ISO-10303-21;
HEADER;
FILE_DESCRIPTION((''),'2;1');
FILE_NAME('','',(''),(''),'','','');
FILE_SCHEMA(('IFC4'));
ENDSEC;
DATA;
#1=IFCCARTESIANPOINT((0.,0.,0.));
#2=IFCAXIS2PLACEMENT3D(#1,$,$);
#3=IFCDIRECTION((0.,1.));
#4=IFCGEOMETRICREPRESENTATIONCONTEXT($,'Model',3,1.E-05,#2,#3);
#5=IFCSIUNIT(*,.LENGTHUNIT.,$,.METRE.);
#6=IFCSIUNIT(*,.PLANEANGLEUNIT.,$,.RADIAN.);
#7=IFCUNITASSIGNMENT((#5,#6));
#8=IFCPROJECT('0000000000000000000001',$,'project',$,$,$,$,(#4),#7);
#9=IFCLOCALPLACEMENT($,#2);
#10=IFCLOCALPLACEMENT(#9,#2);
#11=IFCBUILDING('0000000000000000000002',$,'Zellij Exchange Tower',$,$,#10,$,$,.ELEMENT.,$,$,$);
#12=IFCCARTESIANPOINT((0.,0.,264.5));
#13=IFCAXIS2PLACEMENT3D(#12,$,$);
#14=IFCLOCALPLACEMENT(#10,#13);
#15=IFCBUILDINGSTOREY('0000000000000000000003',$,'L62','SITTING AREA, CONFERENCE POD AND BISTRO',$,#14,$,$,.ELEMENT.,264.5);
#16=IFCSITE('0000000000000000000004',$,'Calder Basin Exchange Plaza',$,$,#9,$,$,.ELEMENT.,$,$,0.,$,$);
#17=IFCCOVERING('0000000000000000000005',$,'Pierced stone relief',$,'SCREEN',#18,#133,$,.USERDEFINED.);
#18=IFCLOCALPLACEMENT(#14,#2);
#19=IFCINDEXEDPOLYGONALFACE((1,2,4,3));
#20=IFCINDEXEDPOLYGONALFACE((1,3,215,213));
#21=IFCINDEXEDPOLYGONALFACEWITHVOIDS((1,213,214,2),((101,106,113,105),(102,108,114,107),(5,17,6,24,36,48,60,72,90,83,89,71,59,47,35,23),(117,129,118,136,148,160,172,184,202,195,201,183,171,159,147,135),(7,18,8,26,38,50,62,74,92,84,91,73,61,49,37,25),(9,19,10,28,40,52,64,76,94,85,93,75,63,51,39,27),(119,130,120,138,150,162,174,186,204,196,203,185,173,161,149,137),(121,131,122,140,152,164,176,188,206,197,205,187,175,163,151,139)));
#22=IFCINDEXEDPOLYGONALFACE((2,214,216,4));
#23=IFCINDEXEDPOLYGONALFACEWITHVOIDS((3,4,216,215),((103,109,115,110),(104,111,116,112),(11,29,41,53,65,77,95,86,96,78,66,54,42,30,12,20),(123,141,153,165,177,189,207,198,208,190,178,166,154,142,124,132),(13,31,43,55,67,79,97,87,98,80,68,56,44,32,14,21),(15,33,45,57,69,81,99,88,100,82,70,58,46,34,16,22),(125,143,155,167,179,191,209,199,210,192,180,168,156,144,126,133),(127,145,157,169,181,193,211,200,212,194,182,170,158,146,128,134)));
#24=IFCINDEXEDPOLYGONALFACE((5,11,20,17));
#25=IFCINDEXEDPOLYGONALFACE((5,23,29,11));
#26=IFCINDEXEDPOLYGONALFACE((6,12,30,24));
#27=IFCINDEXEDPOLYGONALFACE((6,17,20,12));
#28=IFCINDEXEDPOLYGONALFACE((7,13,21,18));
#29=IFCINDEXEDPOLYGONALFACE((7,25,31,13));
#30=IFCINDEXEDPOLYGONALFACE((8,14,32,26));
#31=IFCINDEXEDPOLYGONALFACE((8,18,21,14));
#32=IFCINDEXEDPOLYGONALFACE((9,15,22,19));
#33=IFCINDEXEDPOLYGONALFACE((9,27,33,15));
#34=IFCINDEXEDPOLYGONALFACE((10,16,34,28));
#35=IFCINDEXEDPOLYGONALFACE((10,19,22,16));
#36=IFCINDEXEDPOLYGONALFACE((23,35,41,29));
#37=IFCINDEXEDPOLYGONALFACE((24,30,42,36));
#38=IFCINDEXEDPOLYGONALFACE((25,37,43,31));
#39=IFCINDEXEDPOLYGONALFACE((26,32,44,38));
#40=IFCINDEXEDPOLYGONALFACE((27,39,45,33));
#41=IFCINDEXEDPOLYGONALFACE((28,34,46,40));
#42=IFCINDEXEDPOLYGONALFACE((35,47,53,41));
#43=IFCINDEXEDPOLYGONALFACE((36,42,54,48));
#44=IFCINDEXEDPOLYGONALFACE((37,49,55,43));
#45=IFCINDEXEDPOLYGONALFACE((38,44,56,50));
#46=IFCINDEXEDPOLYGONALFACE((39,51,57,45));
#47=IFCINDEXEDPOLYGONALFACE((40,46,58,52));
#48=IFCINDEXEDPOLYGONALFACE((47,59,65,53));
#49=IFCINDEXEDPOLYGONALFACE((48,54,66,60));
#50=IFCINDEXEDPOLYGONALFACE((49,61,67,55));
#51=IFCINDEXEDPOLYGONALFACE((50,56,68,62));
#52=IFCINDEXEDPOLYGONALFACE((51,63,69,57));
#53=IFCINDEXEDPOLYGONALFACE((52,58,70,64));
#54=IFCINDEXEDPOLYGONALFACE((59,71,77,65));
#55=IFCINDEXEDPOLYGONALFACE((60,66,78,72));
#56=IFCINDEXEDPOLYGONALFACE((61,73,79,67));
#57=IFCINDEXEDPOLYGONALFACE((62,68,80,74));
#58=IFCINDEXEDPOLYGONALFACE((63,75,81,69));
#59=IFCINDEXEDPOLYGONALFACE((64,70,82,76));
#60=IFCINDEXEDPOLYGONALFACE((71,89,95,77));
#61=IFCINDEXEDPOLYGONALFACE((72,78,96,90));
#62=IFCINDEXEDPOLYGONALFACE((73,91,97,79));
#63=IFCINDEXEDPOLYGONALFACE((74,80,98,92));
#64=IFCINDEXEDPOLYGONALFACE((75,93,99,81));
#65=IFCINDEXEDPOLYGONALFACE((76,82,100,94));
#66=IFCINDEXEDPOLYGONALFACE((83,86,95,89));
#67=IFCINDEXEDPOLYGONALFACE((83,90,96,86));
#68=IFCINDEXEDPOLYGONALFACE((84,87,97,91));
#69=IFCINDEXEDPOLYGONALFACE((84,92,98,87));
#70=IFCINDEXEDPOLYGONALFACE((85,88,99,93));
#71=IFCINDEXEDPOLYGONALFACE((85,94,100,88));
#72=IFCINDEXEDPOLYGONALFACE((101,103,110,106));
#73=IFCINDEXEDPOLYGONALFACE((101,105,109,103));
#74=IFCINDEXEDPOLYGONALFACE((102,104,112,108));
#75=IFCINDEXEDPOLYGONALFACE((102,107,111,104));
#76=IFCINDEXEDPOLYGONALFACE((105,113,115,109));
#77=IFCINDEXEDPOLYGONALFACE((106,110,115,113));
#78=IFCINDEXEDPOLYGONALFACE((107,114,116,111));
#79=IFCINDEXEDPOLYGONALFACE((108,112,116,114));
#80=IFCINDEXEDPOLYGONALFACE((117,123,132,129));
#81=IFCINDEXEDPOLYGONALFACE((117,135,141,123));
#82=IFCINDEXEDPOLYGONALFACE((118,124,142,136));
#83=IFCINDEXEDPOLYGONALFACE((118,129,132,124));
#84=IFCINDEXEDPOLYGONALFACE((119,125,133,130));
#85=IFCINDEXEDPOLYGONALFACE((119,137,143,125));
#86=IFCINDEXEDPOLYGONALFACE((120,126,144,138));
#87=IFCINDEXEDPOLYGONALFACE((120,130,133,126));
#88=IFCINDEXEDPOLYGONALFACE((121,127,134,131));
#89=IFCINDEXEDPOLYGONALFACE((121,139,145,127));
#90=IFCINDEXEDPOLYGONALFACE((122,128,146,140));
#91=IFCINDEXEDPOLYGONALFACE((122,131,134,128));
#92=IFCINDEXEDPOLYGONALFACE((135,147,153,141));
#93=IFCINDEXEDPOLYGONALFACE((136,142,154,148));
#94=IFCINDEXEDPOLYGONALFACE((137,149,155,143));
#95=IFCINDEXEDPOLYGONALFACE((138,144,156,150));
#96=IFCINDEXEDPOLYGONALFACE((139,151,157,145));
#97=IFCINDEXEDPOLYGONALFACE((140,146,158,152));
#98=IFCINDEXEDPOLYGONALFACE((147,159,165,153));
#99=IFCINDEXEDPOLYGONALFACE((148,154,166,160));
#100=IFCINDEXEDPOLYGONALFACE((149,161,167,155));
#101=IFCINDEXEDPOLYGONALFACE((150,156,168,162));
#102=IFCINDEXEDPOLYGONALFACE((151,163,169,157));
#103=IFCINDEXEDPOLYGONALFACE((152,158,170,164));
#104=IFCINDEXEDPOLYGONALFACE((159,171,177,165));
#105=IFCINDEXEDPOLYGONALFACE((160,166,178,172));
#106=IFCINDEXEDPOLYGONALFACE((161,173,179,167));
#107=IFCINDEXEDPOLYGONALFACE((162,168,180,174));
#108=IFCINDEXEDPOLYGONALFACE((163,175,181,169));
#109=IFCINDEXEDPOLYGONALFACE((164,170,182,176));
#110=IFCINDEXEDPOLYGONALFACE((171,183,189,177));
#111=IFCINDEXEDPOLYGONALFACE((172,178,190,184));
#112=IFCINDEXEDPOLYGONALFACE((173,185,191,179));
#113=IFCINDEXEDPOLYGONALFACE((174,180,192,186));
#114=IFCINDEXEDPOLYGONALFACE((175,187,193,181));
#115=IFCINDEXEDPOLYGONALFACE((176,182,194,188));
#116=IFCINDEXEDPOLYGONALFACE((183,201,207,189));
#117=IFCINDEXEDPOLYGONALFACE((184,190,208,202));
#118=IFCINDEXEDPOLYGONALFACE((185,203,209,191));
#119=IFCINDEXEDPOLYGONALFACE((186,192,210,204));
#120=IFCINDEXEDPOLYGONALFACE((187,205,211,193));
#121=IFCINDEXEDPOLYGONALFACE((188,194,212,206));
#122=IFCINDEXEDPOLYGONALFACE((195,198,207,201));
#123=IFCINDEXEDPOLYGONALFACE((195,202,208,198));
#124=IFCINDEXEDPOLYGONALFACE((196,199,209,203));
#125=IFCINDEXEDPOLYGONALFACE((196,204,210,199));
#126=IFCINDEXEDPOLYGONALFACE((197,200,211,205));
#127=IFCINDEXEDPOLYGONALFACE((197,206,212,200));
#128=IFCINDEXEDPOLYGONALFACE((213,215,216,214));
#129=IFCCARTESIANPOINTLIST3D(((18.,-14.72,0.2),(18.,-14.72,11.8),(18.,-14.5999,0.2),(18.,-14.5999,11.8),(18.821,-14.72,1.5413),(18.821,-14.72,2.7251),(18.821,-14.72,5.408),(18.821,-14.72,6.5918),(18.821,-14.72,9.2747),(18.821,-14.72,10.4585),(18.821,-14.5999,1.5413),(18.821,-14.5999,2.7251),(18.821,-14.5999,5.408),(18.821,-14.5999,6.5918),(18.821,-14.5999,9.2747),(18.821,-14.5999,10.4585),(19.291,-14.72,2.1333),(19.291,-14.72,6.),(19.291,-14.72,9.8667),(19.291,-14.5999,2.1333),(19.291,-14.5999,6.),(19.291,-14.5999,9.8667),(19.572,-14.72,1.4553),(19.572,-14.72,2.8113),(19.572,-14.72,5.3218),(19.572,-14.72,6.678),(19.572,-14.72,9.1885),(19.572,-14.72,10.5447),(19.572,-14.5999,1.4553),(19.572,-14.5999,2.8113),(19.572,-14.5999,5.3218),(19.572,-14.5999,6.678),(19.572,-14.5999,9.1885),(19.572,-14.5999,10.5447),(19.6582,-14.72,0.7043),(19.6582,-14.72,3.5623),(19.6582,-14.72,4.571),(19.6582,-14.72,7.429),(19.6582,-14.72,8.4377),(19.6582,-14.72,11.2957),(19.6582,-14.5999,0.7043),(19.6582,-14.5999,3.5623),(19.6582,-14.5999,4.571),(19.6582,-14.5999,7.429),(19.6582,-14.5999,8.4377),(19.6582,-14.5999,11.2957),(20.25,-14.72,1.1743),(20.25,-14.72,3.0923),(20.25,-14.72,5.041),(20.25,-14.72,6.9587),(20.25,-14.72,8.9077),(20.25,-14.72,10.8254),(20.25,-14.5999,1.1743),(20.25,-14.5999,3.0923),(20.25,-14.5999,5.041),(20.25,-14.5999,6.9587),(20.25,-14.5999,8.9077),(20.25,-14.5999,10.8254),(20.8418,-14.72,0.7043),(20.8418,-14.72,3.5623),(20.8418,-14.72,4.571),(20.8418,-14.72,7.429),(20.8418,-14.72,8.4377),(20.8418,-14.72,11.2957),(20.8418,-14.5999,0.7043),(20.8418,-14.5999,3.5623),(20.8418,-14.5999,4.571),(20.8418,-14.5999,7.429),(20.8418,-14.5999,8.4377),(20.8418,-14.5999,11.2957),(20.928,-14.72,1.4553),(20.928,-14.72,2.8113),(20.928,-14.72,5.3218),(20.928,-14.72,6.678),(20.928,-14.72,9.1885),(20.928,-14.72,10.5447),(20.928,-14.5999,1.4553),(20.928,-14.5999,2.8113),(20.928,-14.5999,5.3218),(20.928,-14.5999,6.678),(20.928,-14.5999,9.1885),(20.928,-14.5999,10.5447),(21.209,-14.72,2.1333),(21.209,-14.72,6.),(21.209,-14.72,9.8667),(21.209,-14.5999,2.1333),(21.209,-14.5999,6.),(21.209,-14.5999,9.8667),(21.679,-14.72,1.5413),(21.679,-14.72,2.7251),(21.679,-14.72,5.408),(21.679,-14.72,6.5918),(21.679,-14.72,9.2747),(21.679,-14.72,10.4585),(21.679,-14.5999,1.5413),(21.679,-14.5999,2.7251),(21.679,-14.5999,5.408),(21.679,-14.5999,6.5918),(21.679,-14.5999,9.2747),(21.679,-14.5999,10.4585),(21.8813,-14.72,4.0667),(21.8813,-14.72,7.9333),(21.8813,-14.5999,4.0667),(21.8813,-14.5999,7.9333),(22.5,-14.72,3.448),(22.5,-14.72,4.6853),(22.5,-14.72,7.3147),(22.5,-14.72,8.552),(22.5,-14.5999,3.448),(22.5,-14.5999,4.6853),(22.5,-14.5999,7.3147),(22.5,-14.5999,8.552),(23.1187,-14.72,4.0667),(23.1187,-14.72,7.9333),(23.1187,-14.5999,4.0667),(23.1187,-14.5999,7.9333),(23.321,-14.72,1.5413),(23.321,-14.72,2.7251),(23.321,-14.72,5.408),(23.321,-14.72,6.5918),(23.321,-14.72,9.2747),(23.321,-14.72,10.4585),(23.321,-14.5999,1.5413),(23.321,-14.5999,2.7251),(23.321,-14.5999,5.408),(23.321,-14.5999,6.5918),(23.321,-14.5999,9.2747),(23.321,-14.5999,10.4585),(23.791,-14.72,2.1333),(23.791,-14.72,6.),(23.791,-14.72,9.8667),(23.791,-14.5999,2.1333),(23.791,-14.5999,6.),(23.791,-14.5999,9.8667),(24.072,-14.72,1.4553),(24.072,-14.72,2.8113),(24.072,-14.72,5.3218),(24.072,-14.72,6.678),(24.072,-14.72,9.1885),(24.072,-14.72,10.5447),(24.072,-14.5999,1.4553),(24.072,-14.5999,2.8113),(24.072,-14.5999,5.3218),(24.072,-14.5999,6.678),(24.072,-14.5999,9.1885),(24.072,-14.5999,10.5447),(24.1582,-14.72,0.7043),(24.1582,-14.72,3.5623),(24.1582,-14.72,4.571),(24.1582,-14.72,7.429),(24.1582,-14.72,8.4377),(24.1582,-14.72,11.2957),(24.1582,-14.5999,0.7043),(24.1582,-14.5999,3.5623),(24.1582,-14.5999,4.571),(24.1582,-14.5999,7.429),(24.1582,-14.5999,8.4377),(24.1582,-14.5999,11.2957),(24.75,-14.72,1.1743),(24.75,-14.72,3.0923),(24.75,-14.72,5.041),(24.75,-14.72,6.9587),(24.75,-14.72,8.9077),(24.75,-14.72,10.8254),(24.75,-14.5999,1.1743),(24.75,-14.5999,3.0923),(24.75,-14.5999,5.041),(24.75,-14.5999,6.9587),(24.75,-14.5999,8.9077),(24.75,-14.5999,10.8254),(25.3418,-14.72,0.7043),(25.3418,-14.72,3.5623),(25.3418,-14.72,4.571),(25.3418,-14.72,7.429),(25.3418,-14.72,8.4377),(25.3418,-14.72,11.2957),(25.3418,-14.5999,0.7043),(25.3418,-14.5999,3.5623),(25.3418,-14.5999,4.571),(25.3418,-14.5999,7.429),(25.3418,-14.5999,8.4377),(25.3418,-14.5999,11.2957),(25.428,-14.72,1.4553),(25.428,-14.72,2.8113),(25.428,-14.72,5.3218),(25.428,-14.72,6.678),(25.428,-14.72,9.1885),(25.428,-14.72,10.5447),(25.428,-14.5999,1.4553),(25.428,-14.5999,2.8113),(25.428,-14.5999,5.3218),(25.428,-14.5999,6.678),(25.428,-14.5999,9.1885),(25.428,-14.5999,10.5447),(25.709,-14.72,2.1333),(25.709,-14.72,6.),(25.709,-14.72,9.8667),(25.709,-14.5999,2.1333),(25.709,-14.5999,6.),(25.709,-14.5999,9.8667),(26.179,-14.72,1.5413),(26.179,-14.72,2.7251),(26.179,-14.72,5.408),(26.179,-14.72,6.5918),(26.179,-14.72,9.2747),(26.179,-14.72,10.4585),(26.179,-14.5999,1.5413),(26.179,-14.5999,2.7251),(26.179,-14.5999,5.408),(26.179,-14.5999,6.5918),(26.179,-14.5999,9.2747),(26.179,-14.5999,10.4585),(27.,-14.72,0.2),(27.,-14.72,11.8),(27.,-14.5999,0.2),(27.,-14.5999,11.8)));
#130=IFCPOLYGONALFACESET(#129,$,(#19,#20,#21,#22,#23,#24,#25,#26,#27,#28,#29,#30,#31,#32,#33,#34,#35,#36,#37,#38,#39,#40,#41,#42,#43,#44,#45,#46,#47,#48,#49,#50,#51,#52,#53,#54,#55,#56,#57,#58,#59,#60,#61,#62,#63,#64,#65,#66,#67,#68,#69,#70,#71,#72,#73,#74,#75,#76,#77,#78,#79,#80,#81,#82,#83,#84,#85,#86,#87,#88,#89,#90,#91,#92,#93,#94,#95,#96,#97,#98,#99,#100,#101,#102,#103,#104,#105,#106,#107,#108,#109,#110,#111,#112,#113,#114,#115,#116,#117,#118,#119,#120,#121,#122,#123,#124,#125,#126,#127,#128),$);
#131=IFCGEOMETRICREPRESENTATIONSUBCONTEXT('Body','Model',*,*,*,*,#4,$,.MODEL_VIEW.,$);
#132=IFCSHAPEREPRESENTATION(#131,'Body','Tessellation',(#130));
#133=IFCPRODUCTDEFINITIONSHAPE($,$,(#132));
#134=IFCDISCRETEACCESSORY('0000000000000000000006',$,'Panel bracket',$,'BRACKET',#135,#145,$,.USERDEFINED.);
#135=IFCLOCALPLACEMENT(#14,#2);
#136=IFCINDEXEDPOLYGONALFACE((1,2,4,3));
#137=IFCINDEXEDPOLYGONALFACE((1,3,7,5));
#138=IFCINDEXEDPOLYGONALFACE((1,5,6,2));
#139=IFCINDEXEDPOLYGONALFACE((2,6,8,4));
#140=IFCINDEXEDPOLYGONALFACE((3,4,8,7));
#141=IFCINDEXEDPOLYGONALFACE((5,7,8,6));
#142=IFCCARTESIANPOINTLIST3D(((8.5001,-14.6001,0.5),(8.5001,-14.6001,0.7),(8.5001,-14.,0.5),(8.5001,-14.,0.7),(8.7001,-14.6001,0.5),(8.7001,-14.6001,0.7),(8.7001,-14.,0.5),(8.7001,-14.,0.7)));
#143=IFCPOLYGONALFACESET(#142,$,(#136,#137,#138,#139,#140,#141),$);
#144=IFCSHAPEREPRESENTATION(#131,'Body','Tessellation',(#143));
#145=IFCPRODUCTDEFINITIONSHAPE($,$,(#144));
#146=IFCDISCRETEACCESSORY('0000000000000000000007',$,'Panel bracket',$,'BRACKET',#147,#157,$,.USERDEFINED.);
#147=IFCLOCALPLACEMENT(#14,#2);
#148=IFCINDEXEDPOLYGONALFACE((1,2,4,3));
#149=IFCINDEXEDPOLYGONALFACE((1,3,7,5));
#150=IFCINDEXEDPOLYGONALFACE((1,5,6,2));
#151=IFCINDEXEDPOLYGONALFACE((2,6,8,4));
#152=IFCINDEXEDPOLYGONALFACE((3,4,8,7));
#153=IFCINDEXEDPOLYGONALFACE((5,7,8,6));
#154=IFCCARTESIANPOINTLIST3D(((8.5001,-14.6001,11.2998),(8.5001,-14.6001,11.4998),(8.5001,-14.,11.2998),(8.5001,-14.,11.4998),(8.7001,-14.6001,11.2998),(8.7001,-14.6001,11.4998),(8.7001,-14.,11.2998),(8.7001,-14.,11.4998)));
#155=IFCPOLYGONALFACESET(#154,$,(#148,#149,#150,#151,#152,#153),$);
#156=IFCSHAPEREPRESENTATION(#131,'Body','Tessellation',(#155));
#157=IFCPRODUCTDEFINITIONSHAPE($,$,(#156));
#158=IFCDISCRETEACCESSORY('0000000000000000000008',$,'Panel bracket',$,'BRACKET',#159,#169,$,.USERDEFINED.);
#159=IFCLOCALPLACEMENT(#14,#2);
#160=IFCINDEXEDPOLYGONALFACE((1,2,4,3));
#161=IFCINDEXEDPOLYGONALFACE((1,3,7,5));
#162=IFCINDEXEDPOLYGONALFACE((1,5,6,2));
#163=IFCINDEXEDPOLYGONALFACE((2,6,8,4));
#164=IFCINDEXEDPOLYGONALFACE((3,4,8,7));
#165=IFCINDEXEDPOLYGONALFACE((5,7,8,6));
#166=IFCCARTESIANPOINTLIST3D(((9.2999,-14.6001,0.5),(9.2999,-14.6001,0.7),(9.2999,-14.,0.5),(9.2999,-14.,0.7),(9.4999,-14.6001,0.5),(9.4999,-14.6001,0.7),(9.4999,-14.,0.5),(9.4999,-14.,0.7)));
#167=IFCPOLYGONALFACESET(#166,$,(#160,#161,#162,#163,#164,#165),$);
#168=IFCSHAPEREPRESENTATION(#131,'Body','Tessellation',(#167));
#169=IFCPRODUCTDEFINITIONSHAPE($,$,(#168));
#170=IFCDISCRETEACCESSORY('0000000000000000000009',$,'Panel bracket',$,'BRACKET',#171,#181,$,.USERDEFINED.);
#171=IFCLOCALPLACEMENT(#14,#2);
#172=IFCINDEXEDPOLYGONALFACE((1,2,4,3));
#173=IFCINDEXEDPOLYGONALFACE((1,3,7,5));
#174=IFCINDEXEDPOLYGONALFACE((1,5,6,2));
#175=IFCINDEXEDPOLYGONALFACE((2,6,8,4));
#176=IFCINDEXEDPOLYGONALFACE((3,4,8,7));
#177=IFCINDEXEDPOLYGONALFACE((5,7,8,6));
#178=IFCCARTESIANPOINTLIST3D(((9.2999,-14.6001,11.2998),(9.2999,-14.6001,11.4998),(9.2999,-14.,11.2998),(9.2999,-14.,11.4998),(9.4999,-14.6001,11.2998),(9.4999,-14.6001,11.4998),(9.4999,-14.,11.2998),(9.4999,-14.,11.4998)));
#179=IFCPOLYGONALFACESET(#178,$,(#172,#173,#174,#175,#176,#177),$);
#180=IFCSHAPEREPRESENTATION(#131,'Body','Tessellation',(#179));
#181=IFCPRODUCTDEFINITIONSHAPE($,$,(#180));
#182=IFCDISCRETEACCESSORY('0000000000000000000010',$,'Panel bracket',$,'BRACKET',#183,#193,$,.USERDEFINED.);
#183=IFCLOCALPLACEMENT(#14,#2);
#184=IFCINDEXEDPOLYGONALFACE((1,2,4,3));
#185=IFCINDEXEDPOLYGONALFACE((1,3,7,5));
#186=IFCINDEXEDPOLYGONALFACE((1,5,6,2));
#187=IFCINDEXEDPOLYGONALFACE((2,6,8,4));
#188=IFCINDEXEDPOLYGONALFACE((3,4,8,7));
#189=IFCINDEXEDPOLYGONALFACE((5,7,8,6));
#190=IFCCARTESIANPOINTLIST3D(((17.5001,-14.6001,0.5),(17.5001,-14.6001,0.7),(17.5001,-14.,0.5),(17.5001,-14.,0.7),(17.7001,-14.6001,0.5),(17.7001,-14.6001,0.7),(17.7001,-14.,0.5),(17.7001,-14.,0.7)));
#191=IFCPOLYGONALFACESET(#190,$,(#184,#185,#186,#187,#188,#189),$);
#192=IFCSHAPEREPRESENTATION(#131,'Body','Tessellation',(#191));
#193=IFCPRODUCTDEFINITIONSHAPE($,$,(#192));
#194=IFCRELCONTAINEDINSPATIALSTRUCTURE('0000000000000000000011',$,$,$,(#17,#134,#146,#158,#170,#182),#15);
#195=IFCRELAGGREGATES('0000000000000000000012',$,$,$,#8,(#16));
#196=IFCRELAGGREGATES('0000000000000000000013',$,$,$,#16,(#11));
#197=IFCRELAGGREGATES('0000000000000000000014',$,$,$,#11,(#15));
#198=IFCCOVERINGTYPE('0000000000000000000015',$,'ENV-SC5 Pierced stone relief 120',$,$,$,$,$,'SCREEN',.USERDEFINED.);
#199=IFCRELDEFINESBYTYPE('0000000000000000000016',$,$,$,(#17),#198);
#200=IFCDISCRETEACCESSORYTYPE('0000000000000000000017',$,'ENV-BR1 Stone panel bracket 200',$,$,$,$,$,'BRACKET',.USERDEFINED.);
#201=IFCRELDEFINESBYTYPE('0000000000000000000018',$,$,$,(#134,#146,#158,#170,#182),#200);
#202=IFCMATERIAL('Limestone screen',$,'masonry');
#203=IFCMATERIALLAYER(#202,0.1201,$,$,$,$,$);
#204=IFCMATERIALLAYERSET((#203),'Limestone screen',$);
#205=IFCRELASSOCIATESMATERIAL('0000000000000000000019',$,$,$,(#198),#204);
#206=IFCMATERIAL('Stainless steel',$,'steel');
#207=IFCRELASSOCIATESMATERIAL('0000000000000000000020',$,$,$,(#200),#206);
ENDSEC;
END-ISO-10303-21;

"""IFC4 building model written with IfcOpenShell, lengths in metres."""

from ifc_helpers import new_model, si_unit, direction, frame, origin, origin_2d, place, context, subcontext, project, spatial, polyline, rectangle, outline, extrude, material, layer, layer_set, type_object, element, save


model = new_model("IFC4")

# Units and contexts
model_context = context("Model", 3, precision=1e-05, world=origin(), true_north=direction((0.0, 1.0)))
body_context = subcontext(model_context, "Body", "Model", "MODEL_VIEW")
ifc_project = project(units=[si_unit("LENGTHUNIT", "METRE"), si_unit("PLANEANGLEUNIT", "RADIAN")], contexts=[model_context])

# Site, building, storey
site_placement = place(None, origin())
site = spatial("IfcSite", under=ifc_project, at=site_placement, Name="Calder Basin Exchange Plaza", CompositionType="ELEMENT", RefElevation=0.0)
building_placement = place(site_placement, origin())
building = spatial("IfcBuilding", under=site, at=building_placement, Name="Zellij Exchange Tower", CompositionType="ELEMENT")
storey_placement = place(building_placement, frame((0.0, 0.0, 264.5)))
storey = spatial("IfcBuildingStorey", under=building, at=storey_placement, Name="L62", Description="SITTING AREA, CONFERENCE POD AND BISTRO", CompositionType="ELEMENT", Elevation=264.5)

# Shared definitions
ifc_material_1 = material(Name="Stainless steel", Category="steel")

# Covering
ifc_material_2 = material(Name="Limestone screen", Category="masonry")
ifc_layer_1 = layer(ifc_material_2, 0.1201)
ifc_layer_set_1 = layer_set([ifc_layer_1], Name="Limestone screen")
covering_type = type_object("IfcCoveringType", Name="ENV-SC5 Pierced stone relief 120", ElementType="SCREEN", PredefinedType="USERDEFINED", material=ifc_layer_set_1)
covering_1_placement = place(storey_placement, frame((18.0, -14.6599, 0.2), z_axis=(0.0, 0.0, 1.0), x_axis=(1.0, 0.0, 0.0)))
element("IfcCovering", 1, at=covering_1_placement, inside=storey, type_object=covering_type, Name="Pierced stone relief", ObjectType="SCREEN", PredefinedType="USERDEFINED", context=body_context, shape_type="SweptSolid", body=[
    extrude(outline(polyline([(0.0, 0.0), (9.0, 0.0), (9.0, 11.6001), (0.0, 11.6001), (0.0, 0.0)]), holes=[polyline([(3.679, 2.5251), (2.928, 2.6113), (2.8418, 3.3623), (2.25, 2.8923), (1.6582, 3.3623), (1.572, 2.6113), (0.821, 2.5251), (1.291, 1.9333), (0.821, 1.3413), (1.572, 1.2554), (1.6582, 0.5044), (2.25, 0.9744), (2.8418, 0.5044), (2.928, 1.2554), (3.679, 1.3413), (3.209, 1.9333), (3.679, 2.5251)]), polyline([(3.679, 6.3918), (2.928, 6.478), (2.8418, 7.229), (2.25, 6.7588), (1.6582, 7.229), (1.572, 6.478), (0.821, 6.3918), (1.291, 5.8), (0.821, 5.208), (1.572, 5.1218), (1.6582, 4.3711), (2.25, 4.8411), (2.8418, 4.3711), (2.928, 5.1218), (3.679, 5.208), (3.209, 5.8), (3.679, 6.3918)]), polyline([(3.679, 10.2585), (2.928, 10.3447), (2.8418, 11.0957), (2.25, 10.6255), (1.6582, 11.0957), (1.572, 10.3447), (0.821, 10.2585), (1.291, 9.6667), (0.821, 9.0747), (1.572, 8.9885), (1.6582, 8.2378), (2.25, 8.7078), (2.8418, 8.2378), (2.928, 8.9885), (3.679, 9.0747), (3.209, 9.6667), (3.679, 10.2585)]), polyline([(8.179, 2.5251), (7.428, 2.6113), (7.3418, 3.3623), (6.75, 2.8923), (6.1582, 3.3623), (6.072, 2.6113), (5.321, 2.5251), (5.791, 1.9333), (5.321, 1.3413), (6.072, 1.2554), (6.1582, 0.5044), (6.75, 0.9744), (7.3418, 0.5044), (7.428, 1.2554), (8.179, 1.3413), (7.709, 1.9333), (8.179, 2.5251)]), polyline([(8.179, 6.3918), (7.428, 6.478), (7.3418, 7.229), (6.75, 6.7588), (6.1582, 7.229), (6.072, 6.478), (5.321, 6.3918), (5.791, 5.8), (5.321, 5.208), (6.072, 5.1218), (6.1582, 4.3711), (6.75, 4.8411), (7.3418, 4.3711), (7.428, 5.1218), (8.179, 5.208), (7.709, 5.8), (8.179, 6.3918)]), polyline([(8.179, 10.2585), (7.428, 10.3447), (7.3418, 11.0957), (6.75, 10.6255), (6.1582, 11.0957), (6.072, 10.3447), (5.321, 10.2585), (5.791, 9.6667), (5.321, 9.0747), (6.072, 8.9885), (6.1582, 8.2378), (6.75, 8.7078), (7.3418, 8.2378), (7.428, 8.9885), (8.179, 9.0747), (7.709, 9.6667), (8.179, 10.2585)]), polyline([(5.1187, 3.8667), (4.5, 4.4854), (3.8813, 3.8667), (4.5, 3.248), (5.1187, 3.8667)]), polyline([(5.1187, 7.7334), (4.5, 8.3521), (3.8813, 7.7334), (4.5, 7.1147), (5.1187, 7.7334)])]), frame((0.0, 0.0601, 0.0), z_axis=(0.0, -1.0, 0.0), x_axis=(1.0, 0.0, 0.0)), (0.0, 0.0, 1.0), 0.1201),
])

# Discrete accessories
discrete_accessory_type = type_object("IfcDiscreteAccessoryType", Name="ENV-BR1 Stone panel bracket 200", ElementType="BRACKET", PredefinedType="USERDEFINED", material=ifc_material_1)
for number, where, z_axis, x_axis, name in (
    (2, (8.6001, -14.3, 0.5), (0.0, 0.0, 1.0), (1.0, 0.0, 0.0), "Panel bracket"),
    (3, (8.6001, -14.3, 11.2998), (0.0, 0.0, 1.0), (1.0, 0.0, 0.0), "Panel bracket"),
    (4, (9.3999, -14.3, 0.5), (0.0, 0.0, 1.0), (1.0, 0.0, 0.0), "Panel bracket"),
    (5, (9.3999, -14.3, 11.2998), (0.0, 0.0, 1.0), (1.0, 0.0, 0.0), "Panel bracket"),
    (6, (17.6001, -14.3, 0.5), (0.0, 0.0, 1.0), (1.0, 0.0, 0.0), "Panel bracket"),
):
    element("IfcDiscreteAccessory", number, at=place(storey_placement, frame(where, z_axis=z_axis, x_axis=x_axis)), inside=storey, type_object=discrete_accessory_type, Name=name, ObjectType="BRACKET", PredefinedType="USERDEFINED", context=body_context, shape_type="SweptSolid", body=[
        extrude(rectangle(XDim=0.2, YDim=0.6001, at=origin_2d()), origin(), (0.0, 0.0, 1.0), 0.2),
    ])

save(model, "model.ifc")
